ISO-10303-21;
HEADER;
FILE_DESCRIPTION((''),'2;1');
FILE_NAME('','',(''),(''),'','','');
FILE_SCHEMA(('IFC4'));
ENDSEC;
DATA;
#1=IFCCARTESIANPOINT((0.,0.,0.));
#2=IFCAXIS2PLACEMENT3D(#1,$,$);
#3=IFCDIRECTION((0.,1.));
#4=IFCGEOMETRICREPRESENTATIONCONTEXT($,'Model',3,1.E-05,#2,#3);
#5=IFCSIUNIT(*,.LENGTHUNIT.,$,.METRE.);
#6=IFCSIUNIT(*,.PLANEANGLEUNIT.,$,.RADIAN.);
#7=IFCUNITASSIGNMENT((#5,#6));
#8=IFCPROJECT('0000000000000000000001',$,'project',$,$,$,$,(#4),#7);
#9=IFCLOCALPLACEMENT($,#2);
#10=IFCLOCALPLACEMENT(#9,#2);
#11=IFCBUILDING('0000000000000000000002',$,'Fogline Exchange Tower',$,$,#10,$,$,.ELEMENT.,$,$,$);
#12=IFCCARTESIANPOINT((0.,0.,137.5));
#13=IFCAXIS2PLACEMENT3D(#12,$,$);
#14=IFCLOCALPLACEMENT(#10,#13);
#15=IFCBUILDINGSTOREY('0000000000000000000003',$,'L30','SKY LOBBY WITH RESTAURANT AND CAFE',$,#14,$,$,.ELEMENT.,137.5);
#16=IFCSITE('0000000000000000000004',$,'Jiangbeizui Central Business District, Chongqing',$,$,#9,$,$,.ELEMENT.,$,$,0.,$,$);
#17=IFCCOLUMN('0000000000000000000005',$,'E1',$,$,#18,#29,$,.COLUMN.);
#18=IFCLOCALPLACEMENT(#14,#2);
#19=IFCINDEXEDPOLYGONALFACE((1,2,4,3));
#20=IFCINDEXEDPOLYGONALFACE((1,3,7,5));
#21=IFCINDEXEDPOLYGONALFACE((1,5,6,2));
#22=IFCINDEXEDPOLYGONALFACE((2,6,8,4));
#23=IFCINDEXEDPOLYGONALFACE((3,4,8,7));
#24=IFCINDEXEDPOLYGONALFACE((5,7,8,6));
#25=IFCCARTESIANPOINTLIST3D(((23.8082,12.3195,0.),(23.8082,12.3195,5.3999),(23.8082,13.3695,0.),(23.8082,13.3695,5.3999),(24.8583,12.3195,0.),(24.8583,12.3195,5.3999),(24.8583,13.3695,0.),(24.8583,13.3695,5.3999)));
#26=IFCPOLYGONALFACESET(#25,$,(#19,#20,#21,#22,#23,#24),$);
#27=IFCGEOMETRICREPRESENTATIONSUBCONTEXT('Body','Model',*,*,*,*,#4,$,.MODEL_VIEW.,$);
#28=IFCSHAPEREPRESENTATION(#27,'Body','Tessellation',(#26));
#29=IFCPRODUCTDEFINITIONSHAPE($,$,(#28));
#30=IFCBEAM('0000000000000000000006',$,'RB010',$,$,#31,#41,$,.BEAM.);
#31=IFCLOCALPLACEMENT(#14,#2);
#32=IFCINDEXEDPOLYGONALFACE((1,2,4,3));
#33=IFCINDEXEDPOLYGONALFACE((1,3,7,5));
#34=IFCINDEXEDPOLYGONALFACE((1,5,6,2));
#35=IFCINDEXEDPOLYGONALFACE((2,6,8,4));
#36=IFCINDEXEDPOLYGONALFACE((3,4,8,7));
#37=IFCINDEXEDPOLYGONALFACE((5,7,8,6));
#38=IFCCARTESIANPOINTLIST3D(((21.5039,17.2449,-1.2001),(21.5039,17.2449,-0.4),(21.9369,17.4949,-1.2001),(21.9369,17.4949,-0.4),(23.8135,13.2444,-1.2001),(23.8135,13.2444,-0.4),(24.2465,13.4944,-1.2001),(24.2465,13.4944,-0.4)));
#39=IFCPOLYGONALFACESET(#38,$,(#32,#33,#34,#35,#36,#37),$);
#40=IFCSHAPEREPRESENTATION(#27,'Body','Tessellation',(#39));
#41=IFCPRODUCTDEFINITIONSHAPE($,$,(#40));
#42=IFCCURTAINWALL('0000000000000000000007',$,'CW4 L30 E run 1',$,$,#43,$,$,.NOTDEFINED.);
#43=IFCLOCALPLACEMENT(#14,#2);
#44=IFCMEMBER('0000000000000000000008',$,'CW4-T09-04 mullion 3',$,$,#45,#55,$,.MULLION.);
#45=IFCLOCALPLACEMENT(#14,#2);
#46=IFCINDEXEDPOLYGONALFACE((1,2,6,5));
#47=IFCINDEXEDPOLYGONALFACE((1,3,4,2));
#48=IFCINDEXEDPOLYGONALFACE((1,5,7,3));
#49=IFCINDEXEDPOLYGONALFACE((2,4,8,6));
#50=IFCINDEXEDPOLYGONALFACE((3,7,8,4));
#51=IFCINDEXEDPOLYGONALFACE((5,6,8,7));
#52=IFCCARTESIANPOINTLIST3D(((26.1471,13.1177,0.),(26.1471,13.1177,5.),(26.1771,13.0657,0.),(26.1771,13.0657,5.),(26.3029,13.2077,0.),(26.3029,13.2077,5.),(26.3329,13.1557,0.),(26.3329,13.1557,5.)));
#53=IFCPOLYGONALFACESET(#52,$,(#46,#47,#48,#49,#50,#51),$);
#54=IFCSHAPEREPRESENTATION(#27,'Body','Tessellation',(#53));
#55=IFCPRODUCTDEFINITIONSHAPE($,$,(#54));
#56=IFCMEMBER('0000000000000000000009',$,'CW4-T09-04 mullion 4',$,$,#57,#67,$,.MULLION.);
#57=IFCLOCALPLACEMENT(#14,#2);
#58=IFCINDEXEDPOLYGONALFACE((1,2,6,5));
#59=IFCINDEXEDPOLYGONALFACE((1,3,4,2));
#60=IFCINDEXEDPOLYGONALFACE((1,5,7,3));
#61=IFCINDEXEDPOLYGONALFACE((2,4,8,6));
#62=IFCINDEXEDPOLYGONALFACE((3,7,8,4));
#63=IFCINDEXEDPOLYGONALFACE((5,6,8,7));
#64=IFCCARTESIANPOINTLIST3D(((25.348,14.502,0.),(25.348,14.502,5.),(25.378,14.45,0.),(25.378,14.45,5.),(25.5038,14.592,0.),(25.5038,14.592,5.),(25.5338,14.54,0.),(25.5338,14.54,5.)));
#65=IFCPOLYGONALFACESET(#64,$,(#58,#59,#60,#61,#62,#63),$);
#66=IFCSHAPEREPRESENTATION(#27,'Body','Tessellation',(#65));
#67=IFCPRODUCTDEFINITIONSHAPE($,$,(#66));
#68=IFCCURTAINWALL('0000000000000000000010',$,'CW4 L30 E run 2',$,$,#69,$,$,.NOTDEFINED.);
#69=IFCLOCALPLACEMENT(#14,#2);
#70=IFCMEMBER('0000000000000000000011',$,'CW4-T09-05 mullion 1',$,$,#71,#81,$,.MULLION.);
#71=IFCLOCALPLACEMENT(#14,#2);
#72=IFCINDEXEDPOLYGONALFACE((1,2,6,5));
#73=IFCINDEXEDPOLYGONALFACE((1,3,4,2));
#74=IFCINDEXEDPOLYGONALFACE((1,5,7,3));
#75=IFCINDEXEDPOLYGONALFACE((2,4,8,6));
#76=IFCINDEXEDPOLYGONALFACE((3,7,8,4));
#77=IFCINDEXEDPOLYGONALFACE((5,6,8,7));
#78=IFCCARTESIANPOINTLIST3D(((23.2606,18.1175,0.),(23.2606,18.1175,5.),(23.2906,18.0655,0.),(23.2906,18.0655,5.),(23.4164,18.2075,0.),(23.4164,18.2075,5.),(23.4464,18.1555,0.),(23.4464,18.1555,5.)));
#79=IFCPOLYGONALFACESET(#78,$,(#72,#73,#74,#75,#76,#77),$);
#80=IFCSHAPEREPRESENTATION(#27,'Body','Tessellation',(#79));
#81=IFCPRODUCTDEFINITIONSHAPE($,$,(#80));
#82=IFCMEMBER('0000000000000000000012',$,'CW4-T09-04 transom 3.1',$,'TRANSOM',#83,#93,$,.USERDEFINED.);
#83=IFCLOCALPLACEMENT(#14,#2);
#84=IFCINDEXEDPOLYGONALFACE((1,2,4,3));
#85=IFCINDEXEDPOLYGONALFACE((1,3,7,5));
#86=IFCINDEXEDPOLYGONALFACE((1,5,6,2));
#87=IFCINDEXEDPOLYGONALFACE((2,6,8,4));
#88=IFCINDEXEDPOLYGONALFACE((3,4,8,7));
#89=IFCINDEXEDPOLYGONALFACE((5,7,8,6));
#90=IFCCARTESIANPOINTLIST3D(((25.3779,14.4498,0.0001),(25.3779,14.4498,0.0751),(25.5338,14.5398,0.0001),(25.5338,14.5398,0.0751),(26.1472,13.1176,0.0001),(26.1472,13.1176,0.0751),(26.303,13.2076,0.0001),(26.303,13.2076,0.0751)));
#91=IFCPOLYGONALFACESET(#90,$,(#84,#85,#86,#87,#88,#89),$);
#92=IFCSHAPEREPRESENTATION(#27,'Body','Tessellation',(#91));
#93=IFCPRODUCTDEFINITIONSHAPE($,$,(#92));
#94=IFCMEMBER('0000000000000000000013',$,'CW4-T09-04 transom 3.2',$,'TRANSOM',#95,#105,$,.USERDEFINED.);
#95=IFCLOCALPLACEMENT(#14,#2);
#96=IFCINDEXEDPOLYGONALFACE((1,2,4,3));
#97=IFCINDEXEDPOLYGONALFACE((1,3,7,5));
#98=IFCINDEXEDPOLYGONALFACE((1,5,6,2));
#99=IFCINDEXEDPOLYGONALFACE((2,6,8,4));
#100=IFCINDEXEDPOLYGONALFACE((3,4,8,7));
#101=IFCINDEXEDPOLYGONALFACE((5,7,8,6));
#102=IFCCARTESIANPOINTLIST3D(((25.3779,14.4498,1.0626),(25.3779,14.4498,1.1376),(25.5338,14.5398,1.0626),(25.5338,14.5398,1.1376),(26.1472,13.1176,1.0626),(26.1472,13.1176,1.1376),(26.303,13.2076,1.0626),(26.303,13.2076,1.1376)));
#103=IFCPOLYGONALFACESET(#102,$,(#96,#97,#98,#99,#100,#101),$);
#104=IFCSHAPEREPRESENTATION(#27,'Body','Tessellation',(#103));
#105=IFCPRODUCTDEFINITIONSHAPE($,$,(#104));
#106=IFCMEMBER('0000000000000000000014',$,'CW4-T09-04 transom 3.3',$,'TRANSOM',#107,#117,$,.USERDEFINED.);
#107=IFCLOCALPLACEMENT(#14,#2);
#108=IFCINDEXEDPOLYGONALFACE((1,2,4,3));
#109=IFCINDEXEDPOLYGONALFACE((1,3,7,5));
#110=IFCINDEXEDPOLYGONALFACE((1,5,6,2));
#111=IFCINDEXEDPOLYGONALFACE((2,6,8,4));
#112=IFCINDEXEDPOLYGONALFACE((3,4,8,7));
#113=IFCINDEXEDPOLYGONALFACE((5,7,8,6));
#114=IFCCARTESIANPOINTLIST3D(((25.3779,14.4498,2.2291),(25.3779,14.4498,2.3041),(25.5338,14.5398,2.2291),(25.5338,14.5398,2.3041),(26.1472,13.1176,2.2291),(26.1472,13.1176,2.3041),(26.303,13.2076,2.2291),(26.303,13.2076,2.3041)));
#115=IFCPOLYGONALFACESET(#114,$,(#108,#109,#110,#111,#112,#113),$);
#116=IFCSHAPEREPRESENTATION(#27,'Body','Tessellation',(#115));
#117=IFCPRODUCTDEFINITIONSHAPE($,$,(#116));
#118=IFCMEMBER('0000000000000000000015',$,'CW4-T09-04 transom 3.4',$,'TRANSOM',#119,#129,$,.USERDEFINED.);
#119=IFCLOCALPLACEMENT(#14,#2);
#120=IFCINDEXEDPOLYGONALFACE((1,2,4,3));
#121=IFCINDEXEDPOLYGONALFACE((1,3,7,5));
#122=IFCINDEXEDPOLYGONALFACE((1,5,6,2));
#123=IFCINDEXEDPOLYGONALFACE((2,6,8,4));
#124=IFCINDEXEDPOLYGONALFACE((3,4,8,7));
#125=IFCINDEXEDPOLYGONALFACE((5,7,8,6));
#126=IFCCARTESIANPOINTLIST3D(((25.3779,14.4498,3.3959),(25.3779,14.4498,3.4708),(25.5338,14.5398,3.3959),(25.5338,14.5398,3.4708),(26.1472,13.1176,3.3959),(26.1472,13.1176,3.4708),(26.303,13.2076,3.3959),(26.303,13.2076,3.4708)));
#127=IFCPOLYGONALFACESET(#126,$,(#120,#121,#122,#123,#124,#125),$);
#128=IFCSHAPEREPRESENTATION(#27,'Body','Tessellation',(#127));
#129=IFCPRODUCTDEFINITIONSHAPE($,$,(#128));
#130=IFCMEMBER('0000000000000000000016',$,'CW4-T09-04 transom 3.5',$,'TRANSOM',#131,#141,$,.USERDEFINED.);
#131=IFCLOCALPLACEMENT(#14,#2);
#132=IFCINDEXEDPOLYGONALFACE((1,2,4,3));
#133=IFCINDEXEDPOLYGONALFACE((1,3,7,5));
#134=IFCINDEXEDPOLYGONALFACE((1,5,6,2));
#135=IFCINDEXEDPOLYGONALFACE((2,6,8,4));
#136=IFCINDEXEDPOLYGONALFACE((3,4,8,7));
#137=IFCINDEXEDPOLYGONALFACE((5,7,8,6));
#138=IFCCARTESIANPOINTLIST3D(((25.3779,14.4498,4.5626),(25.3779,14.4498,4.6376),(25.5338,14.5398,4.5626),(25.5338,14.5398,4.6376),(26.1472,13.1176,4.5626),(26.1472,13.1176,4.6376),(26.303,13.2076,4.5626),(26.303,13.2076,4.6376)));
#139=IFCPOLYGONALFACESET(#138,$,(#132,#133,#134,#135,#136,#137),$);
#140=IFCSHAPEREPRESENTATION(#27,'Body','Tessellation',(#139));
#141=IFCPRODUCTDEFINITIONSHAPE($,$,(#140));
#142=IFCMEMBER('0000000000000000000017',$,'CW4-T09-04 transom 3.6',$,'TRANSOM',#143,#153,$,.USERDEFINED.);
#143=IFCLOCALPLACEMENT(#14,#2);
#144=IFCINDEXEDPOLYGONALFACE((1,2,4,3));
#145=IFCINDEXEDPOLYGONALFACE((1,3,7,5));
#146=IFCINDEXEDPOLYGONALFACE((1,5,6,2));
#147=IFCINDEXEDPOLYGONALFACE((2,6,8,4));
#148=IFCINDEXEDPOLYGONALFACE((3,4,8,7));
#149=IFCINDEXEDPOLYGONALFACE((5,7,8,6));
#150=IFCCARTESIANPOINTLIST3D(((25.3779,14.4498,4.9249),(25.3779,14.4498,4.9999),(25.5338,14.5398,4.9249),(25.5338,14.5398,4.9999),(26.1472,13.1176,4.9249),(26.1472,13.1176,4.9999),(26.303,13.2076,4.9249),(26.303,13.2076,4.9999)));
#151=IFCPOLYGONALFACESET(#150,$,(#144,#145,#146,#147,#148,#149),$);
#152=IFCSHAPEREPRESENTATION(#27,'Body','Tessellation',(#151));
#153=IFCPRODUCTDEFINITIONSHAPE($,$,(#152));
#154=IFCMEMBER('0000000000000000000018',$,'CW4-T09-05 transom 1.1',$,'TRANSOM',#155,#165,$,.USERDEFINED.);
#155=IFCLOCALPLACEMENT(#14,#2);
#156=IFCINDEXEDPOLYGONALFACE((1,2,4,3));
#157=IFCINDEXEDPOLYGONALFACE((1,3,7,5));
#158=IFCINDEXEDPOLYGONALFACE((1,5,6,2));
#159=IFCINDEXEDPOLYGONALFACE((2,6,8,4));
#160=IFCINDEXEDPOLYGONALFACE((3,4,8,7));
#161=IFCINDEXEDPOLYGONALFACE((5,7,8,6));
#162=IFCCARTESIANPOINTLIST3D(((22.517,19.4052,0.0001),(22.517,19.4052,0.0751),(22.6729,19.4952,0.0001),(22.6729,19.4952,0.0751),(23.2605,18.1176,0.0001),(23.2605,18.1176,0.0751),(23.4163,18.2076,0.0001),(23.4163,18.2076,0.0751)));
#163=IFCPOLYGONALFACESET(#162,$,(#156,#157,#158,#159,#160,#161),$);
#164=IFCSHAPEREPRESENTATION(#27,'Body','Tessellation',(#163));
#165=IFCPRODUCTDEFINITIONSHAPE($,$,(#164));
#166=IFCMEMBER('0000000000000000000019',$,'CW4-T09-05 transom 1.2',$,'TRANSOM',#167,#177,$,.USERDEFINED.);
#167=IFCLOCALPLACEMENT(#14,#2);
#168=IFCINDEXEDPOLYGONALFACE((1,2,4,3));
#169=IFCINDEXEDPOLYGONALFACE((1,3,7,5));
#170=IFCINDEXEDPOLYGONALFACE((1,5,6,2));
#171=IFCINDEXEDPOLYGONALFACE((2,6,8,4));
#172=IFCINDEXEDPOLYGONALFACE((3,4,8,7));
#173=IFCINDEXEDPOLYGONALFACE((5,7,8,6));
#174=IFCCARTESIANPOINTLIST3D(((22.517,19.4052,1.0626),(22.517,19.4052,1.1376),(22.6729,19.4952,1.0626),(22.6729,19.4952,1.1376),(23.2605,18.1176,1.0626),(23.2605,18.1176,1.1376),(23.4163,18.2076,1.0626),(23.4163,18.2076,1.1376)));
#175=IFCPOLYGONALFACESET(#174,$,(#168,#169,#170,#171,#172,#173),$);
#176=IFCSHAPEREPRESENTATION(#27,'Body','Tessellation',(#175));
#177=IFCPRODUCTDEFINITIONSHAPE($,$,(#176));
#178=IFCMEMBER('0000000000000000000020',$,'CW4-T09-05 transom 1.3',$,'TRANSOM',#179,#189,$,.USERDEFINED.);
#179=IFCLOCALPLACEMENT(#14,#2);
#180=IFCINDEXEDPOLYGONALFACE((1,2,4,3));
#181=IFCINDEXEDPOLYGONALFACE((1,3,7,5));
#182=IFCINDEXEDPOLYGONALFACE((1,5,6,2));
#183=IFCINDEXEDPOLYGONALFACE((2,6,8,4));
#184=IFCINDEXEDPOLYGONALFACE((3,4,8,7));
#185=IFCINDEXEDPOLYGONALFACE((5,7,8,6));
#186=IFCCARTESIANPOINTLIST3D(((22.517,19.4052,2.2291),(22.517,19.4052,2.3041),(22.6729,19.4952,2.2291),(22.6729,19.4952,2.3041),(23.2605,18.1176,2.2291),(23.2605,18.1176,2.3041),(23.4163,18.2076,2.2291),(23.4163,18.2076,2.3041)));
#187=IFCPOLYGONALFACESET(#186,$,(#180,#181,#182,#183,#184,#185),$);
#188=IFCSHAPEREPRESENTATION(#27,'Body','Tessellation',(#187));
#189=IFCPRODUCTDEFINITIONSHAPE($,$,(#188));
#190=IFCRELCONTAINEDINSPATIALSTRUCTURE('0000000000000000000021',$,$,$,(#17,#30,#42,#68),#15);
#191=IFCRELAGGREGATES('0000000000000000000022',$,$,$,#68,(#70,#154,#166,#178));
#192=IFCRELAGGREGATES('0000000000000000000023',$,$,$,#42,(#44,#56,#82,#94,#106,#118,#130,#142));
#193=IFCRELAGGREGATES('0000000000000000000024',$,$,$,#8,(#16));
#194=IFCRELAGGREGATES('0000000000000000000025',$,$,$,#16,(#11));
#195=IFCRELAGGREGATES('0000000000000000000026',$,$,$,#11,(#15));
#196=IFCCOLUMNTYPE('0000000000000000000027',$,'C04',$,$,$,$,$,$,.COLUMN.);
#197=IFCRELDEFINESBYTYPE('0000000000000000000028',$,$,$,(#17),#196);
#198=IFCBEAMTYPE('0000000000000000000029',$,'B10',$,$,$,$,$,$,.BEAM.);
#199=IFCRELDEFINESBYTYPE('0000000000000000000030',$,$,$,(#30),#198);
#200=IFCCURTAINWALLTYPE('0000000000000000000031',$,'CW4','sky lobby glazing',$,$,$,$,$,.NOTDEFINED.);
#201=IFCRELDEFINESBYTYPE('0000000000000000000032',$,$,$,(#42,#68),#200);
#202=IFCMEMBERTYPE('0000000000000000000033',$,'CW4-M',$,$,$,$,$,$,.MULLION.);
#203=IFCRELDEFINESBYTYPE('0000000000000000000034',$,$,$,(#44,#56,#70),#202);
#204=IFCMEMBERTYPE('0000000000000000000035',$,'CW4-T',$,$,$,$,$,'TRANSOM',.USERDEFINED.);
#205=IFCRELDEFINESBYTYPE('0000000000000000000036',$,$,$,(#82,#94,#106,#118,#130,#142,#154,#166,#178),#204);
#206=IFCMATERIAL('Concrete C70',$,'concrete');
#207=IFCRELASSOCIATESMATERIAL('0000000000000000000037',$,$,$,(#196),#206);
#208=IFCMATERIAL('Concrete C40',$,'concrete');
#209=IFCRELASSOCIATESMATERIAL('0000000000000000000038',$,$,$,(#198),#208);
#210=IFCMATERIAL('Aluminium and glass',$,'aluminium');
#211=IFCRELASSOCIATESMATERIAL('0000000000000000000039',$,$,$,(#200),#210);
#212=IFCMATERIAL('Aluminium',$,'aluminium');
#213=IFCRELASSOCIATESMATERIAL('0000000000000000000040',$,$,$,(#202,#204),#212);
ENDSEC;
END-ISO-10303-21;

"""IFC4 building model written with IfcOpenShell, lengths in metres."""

from ifc_helpers import new_model, si_unit, direction, frame, origin, origin_2d, place, context, subcontext, project, spatial, rectangle, extrude, material, material_profile, profile_set, type_object, element, aggregate, save


model = new_model("IFC4")

# Units and contexts
model_context = context("Model", 3, precision=1e-05, world=origin(), true_north=direction((0.0, 1.0)))
body_context = subcontext(model_context, "Body", "Model", "MODEL_VIEW")
ifc_project = project(units=[si_unit("LENGTHUNIT", "METRE"), si_unit("PLANEANGLEUNIT", "RADIAN")], contexts=[model_context])

# Site, building, storey
site_placement = place(None, origin())
site = spatial("IfcSite", under=ifc_project, at=site_placement, Name="Jiangbeizui Central Business District, Chongqing", CompositionType="ELEMENT", RefElevation=0.0)
building_placement = place(site_placement, origin())
building = spatial("IfcBuilding", under=site, at=building_placement, Name="Fogline Exchange Tower", CompositionType="ELEMENT")
storey_placement = place(building_placement, frame((0.0, 0.0, 137.5)))
storey = spatial("IfcBuildingStorey", under=building, at=storey_placement, Name="L30", Description="SKY LOBBY WITH RESTAURANT AND CAFE", CompositionType="ELEMENT", Elevation=137.5)

# Column
ifc_material_1 = material(Name="Concrete C70", Category="concrete")
ifc_material_profile_1 = material_profile(ifc_material_1, rectangle(XDim=1.05, YDim=1.05, at=origin_2d()), Name="RC 1050x1050")
ifc_profile_set_1 = profile_set([ifc_material_profile_1], Name="Concrete C70")
column_type = type_object("IfcColumnType", Name="C04", PredefinedType="COLUMN", material=ifc_profile_set_1)
column_placement = place(storey_placement, frame((24.3333, 12.8445, 0.0), z_axis=(0.0, 0.0, 1.0), x_axis=(1.0, 0.0, 0.0)))
element("IfcColumn", 1, at=column_placement, inside=storey, type_object=column_type, Name="E1", PredefinedType="COLUMN", context=body_context, shape_type="SweptSolid", body=[
    extrude(rectangle(XDim=1.05, YDim=1.05, at=origin_2d()), origin(), (0.0, 0.0, 1.0), 5.3999),
])

# Beam
ifc_material_2 = material(Name="Concrete C40", Category="concrete")
ifc_material_profile_2 = material_profile(ifc_material_2, rectangle(XDim=0.5, YDim=0.8, at=origin_2d()), Name="RC 500x800")
ifc_profile_set_2 = profile_set([ifc_material_profile_2], Name="Concrete C40")
beam_type = type_object("IfcBeamType", Name="B10", PredefinedType="BEAM", material=ifc_profile_set_2)
beam_placement = place(storey_placement, frame((24.03, 13.3694, -0.8), z_axis=(-0.499982, 0.866036, 0.0), x_axis=(-0.866036, -0.499982, 0.0)))
element("IfcBeam", 2, at=beam_placement, inside=storey, type_object=beam_type, Name="RB010", PredefinedType="BEAM", context=body_context, shape_type="SweptSolid", body=[
    extrude(rectangle(XDim=0.5, YDim=0.8, at=origin_2d()), origin(), (0.0, 0.0, 1.0), 4.6194),
])

# Curtain wall, members
ifc_material_3 = material(Name="Aluminium and glass", Category="aluminium")
curtain_wall_type = type_object("IfcCurtainWallType", Name="CW4", Description="sky lobby glazing", PredefinedType="NOTDEFINED", material=ifc_material_3)
curtain_wall_1_placement = place(storey_placement, origin())
curtain_wall_1 = element("IfcCurtainWall", 3, at=curtain_wall_1_placement, inside=storey, type_object=curtain_wall_type, Name="CW4 L30 E run 1", PredefinedType="NOTDEFINED")
ifc_material_4 = material(Name="Aluminium", Category="aluminium")
ifc_material_profile_3 = material_profile(ifc_material_4, rectangle(XDim=0.1799, YDim=0.0601, at=origin_2d()), Name="Mullion 60x180")
ifc_profile_set_3 = profile_set([ifc_material_profile_3], Name="Aluminium")
member_type_1 = type_object("IfcMemberType", Name="CW4-M", PredefinedType="MULLION", material=ifc_profile_set_3)
member_1_placement = place(storey_placement, frame((26.24, 13.1367, 0.0), z_axis=(0.0, 0.0, 1.0), x_axis=(-0.866026, -0.499999, 0.0)))
member_1 = element("IfcMember", 4, at=member_1_placement, type_object=member_type_1, Name="CW4-T09-04 mullion 3", PredefinedType="MULLION", context=body_context, shape_type="SweptSolid", body=[
    extrude(rectangle(XDim=0.1799, YDim=0.0601, at=origin_2d()), origin(), (0.0, 0.0, 1.0), 5.0),
])
member_2_placement = place(storey_placement, frame((25.4409, 14.521, 0.0), z_axis=(0.0, 0.0, 1.0), x_axis=(-0.866026, -0.499999, 0.0)))
member_2 = element("IfcMember", 5, at=member_2_placement, type_object=member_type_1, Name="CW4-T09-04 mullion 4", PredefinedType="MULLION", context=body_context, shape_type="SweptSolid", body=[
    extrude(rectangle(XDim=0.1799, YDim=0.0601, at=origin_2d()), origin(), (0.0, 0.0, 1.0), 5.0),
])

# Curtain wall, member
curtain_wall_2_placement = place(storey_placement, origin())
curtain_wall_2 = element("IfcCurtainWall", 6, at=curtain_wall_2_placement, inside=storey, type_object=curtain_wall_type, Name="CW4 L30 E run 2", PredefinedType="NOTDEFINED")
member_3_placement = place(storey_placement, frame((23.3535, 18.1365, 0.0), z_axis=(0.0, 0.0, 1.0), x_axis=(-0.866025, -0.5, 0.0)))
member_3 = element("IfcMember", 7, at=member_3_placement, type_object=member_type_1, Name="CW4-T09-05 mullion 1", PredefinedType="MULLION", context=body_context, shape_type="SweptSolid", body=[
    extrude(rectangle(XDim=0.1799, YDim=0.0601, at=origin_2d()), origin(), (0.0, 0.0, 1.0), 5.0),
])

# Members
ifc_material_profile_4 = material_profile(ifc_material_4, rectangle(XDim=0.1799, YDim=0.075, at=origin_2d()), Name="Transom 75x180")
ifc_profile_set_4 = profile_set([ifc_material_profile_4], Name="Aluminium")
member_type_2 = type_object("IfcMemberType", Name="CW4-T", ElementType="TRANSOM", PredefinedType="USERDEFINED", material=ifc_profile_set_4)
member_4_placement = place(storey_placement, frame((26.2251, 13.1626, 0.0376), z_axis=(-0.500048, 0.865998, 0.0), x_axis=(-0.865998, -0.500048, 0.0)))
member_4 = element("IfcMember", 8, at=member_4_placement, type_object=member_type_2, Name="CW4-T09-04 transom 3.1", ObjectType="TRANSOM", PredefinedType="USERDEFINED", context=body_context, shape_type="SweptSolid", body=[
    extrude(rectangle(XDim=0.1799, YDim=0.075, at=origin_2d()), origin(), (0.0, 0.0, 1.0), 1.5383),
])
member_5_placement = place(storey_placement, frame((26.2251, 13.1626, 1.1001), z_axis=(-0.500048, 0.865998, 0.0), x_axis=(-0.865998, -0.500048, 0.0)))
member_5 = element("IfcMember", 9, at=member_5_placement, type_object=member_type_2, Name="CW4-T09-04 transom 3.2", ObjectType="TRANSOM", PredefinedType="USERDEFINED", context=body_context, shape_type="SweptSolid", body=[
    extrude(rectangle(XDim=0.1799, YDim=0.075, at=origin_2d()), origin(), (0.0, 0.0, 1.0), 1.5383),
])
member_6_placement = place(storey_placement, frame((26.2251, 13.1626, 2.2666), z_axis=(-0.500048, 0.865998, 0.0), x_axis=(-0.865998, -0.500048, 0.0)))
member_6 = element("IfcMember", 10, at=member_6_placement, type_object=member_type_2, Name="CW4-T09-04 transom 3.3", ObjectType="TRANSOM", PredefinedType="USERDEFINED", context=body_context, shape_type="SweptSolid", body=[
    extrude(rectangle(XDim=0.1799, YDim=0.075, at=origin_2d()), origin(), (0.0, 0.0, 1.0), 1.5383),
])
member_7_placement = place(storey_placement, frame((26.2251, 13.1626, 3.4333), z_axis=(-0.500048, 0.865998, 0.0), x_axis=(-0.865998, -0.500048, 0.0)))
member_7 = element("IfcMember", 11, at=member_7_placement, type_object=member_type_2, Name="CW4-T09-04 transom 3.4", ObjectType="TRANSOM", PredefinedType="USERDEFINED", context=body_context, shape_type="SweptSolid", body=[
    extrude(rectangle(XDim=0.1799, YDim=0.075, at=origin_2d()), origin(), (0.0, 0.0, 1.0), 1.5383),
])
member_8_placement = place(storey_placement, frame((26.2251, 13.1626, 4.6001), z_axis=(-0.500048, 0.865998, 0.0), x_axis=(-0.865998, -0.500048, 0.0)))
member_8 = element("IfcMember", 12, at=member_8_placement, type_object=member_type_2, Name="CW4-T09-04 transom 3.5", ObjectType="TRANSOM", PredefinedType="USERDEFINED", context=body_context, shape_type="SweptSolid", body=[
    extrude(rectangle(XDim=0.1799, YDim=0.075, at=origin_2d()), origin(), (0.0, 0.0, 1.0), 1.5383),
])
member_9_placement = place(storey_placement, frame((26.2251, 13.1626, 4.9624), z_axis=(-0.500048, 0.865998, 0.0), x_axis=(-0.865998, -0.500048, 0.0)))
member_9 = element("IfcMember", 13, at=member_9_placement, type_object=member_type_2, Name="CW4-T09-04 transom 3.6", ObjectType="TRANSOM", PredefinedType="USERDEFINED", context=body_context, shape_type="SweptSolid", body=[
    extrude(rectangle(XDim=0.1799, YDim=0.075, at=origin_2d()), origin(), (0.0, 0.0, 1.0), 1.5383),
])
member_10_placement = place(storey_placement, frame((23.3384, 18.1626, 0.0376), z_axis=(-0.500007, 0.866022, 0.0), x_axis=(-0.866022, -0.500007, 0.0)))
member_10 = element("IfcMember", 14, at=member_10_placement, type_object=member_type_2, Name="CW4-T09-05 transom 1.1", ObjectType="TRANSOM", PredefinedType="USERDEFINED", context=body_context, shape_type="SweptSolid", body=[
    extrude(rectangle(XDim=0.1799, YDim=0.075, at=origin_2d()), origin(), (0.0, 0.0, 1.0), 1.4868),
])
member_11_placement = place(storey_placement, frame((23.3384, 18.1626, 1.1001), z_axis=(-0.500007, 0.866022, 0.0), x_axis=(-0.866022, -0.500007, 0.0)))
member_11 = element("IfcMember", 15, at=member_11_placement, type_object=member_type_2, Name="CW4-T09-05 transom 1.2", ObjectType="TRANSOM", PredefinedType="USERDEFINED", context=body_context, shape_type="SweptSolid", body=[
    extrude(rectangle(XDim=0.1799, YDim=0.075, at=origin_2d()), origin(), (0.0, 0.0, 1.0), 1.4868),
])
member_12_placement = place(storey_placement, frame((23.3384, 18.1626, 2.2666), z_axis=(-0.500007, 0.866022, 0.0), x_axis=(-0.866022, -0.500007, 0.0)))
member_12 = element("IfcMember", 16, at=member_12_placement, type_object=member_type_2, Name="CW4-T09-05 transom 1.3", ObjectType="TRANSOM", PredefinedType="USERDEFINED", context=body_context, shape_type="SweptSolid", body=[
    extrude(rectangle(XDim=0.1799, YDim=0.075, at=origin_2d()), origin(), (0.0, 0.0, 1.0), 1.4868),
])
aggregate(curtain_wall_2, [member_3, member_10, member_11, member_12])

aggregate(curtain_wall_1, [member_1, member_2, member_4, member_5, member_6, member_7, member_8, member_9])

save(model, "model.ifc")
